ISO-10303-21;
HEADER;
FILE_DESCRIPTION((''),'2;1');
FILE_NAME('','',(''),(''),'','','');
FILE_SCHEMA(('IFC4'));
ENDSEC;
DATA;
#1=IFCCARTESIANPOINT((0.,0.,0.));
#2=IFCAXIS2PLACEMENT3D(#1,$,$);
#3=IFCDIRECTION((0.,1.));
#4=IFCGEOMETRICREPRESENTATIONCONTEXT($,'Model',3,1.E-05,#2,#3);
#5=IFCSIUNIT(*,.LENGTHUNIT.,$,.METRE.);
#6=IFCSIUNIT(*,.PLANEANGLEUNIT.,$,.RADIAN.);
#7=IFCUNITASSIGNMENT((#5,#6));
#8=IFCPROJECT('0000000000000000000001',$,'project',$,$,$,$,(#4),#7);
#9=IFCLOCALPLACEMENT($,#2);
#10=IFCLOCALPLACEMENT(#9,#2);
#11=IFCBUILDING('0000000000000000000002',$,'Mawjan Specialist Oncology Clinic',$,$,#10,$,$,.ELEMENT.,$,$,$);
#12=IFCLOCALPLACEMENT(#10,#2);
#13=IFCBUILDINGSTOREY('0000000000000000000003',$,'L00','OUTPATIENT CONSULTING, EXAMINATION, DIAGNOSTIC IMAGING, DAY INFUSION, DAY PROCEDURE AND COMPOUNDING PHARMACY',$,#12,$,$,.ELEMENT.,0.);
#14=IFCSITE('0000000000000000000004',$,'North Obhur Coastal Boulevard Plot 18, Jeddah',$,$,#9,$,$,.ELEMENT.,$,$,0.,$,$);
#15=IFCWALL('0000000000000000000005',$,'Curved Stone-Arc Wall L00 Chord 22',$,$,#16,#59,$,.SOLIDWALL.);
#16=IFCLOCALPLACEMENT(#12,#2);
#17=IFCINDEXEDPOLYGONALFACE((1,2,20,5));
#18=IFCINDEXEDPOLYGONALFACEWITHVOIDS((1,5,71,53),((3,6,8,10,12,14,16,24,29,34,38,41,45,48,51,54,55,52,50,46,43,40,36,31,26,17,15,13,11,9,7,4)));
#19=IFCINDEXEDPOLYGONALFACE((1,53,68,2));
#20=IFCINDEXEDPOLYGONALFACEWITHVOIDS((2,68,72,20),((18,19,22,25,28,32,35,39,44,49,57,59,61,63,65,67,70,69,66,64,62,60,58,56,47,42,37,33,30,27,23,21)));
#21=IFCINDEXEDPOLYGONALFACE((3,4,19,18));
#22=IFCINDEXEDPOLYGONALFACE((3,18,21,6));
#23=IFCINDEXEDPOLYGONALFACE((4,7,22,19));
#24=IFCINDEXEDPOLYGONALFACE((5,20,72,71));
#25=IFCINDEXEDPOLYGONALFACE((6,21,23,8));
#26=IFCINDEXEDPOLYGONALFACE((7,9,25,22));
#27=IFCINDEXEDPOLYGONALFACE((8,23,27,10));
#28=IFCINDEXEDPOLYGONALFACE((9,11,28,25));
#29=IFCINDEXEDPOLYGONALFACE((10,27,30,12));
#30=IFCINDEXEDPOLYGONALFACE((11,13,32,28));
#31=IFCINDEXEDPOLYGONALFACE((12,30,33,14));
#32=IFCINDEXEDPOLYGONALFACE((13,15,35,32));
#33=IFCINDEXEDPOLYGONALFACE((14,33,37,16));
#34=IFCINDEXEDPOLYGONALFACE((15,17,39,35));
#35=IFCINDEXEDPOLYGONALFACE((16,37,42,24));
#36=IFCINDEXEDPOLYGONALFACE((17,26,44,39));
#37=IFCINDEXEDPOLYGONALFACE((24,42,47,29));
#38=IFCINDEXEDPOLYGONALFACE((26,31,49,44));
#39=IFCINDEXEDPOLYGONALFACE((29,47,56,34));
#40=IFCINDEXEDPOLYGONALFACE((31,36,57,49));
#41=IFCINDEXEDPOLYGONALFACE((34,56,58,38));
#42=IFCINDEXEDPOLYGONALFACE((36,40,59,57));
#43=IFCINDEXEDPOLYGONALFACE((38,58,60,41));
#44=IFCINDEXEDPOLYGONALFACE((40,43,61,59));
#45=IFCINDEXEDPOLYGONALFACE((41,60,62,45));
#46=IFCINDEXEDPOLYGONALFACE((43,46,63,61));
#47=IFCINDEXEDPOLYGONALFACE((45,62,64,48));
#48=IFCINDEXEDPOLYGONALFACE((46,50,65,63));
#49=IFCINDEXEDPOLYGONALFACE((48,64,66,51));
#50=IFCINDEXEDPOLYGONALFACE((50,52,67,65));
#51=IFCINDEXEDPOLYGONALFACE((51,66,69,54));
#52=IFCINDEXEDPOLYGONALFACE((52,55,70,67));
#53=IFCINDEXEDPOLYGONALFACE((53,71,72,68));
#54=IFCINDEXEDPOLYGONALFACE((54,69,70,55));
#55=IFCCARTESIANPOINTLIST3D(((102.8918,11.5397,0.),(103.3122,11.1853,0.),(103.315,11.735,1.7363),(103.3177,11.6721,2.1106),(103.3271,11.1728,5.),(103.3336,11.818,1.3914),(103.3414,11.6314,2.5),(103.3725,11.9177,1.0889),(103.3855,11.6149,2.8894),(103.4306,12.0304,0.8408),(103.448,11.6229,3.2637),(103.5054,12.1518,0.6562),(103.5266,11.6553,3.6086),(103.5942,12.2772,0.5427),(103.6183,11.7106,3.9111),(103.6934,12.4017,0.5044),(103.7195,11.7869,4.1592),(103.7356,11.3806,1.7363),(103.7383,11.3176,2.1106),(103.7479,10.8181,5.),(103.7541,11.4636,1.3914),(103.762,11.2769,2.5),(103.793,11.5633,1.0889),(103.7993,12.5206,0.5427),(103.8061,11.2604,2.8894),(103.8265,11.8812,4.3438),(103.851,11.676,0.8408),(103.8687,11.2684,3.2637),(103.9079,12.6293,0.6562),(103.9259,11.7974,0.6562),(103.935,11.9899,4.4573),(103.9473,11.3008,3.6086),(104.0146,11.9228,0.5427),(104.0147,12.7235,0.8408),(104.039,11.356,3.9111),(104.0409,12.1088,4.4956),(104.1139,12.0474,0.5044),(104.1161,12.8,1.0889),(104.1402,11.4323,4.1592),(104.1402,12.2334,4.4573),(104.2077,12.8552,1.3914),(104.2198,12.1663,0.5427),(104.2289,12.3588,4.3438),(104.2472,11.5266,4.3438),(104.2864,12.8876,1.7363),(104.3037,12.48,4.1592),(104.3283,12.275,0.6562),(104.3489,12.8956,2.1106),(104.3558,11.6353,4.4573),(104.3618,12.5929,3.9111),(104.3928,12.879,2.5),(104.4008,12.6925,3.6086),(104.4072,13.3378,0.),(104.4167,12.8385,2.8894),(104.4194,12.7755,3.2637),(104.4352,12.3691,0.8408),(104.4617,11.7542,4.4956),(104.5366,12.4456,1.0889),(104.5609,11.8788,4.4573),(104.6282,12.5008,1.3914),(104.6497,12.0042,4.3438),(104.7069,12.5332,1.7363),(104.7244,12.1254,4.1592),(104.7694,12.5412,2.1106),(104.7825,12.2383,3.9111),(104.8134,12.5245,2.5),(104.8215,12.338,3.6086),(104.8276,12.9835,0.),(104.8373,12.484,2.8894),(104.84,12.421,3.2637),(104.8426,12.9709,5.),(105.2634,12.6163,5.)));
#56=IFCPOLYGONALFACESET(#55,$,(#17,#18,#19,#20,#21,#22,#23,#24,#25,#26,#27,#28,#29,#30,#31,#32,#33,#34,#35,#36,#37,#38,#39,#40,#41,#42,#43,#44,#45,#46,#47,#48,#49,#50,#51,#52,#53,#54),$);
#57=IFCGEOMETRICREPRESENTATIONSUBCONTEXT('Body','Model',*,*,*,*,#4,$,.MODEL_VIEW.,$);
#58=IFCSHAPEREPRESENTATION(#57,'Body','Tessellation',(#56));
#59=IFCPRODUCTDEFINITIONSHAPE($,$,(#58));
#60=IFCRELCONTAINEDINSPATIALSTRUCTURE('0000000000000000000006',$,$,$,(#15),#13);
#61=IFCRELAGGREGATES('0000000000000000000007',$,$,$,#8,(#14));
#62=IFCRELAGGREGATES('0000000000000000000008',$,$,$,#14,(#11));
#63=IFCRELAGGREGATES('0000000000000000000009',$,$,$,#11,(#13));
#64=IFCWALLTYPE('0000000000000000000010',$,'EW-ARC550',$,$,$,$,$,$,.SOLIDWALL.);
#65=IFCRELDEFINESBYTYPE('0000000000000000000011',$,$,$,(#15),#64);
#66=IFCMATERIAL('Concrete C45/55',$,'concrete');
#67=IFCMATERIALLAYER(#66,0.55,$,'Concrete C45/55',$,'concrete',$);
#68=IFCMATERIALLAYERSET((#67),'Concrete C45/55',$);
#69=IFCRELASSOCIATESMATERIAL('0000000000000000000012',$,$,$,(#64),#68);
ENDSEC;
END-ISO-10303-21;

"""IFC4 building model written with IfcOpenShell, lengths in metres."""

from ifc_helpers import new_model, si_unit, direction, frame, origin, place, context, subcontext, project, spatial, polyline, outline, extrude, material, layer, layer_set, type_object, element, save


model = new_model("IFC4")

# Units and contexts
model_context = context("Model", 3, precision=1e-05, world=origin(), true_north=direction((0.0, 1.0)))
body_context = subcontext(model_context, "Body", "Model", "MODEL_VIEW")
ifc_project = project(units=[si_unit("LENGTHUNIT", "METRE"), si_unit("PLANEANGLEUNIT", "RADIAN")], contexts=[model_context])

# Site, building, storey
site_placement = place(None, origin())
site = spatial("IfcSite", under=ifc_project, at=site_placement, Name="North Obhur Coastal Boulevard Plot 18, Jeddah", CompositionType="ELEMENT", RefElevation=0.0)
building_placement = place(site_placement, origin())
building = spatial("IfcBuilding", under=site, at=building_placement, Name="Mawjan Specialist Oncology Clinic", CompositionType="ELEMENT")
storey_placement = place(building_placement, origin())
storey = spatial("IfcBuildingStorey", under=building, at=storey_placement, Name="L00", Description="OUTPATIENT CONSULTING, EXAMINATION, DIAGNOSTIC IMAGING, DAY INFUSION, DAY PROCEDURE AND COMPOUNDING PHARMACY", CompositionType="ELEMENT", Elevation=0.0)

# Wall, opening
ifc_material_1 = material(Name="Concrete C45/55", Category="concrete")
ifc_layer = layer(ifc_material_1, 0.55, Name="Concrete C45/55", Category="concrete")
ifc_layer_set = layer_set([ifc_layer], Name="Concrete C45/55")
wall_type = type_object("IfcWallType", Name="EW-ARC550", PredefinedType="SOLIDWALL", material=ifc_layer_set)
wall_1_placement = place(storey_placement, frame((104.6174, 13.1606, 0.0), z_axis=(0.0, 0.0, 1.0), x_axis=(-0.644433, -0.764661, 0.0)))
wall_1 = element("IfcWall", 1, at=wall_1_placement, inside=storey, type_object=wall_type, Name="Curved Stone-Arc Wall L00 Chord 22", PredefinedType="SOLIDWALL", context=body_context, shape_type="SweptSolid", body=[
    extrude(outline(polyline([(-0.2749, 0.0), (0.2749, 0.0), (0.8447, 5.0), (0.2944, 5.0), (-0.2749, 0.0)])), frame((0.0, 0.0, 0.0), z_axis=(1.0, 0.0, 0.0), x_axis=(0.0, 1.0, 0.0)), (0.0, 0.0, 1.0), 2.3516),
])
opening_1_placement = place(wall_1_placement, origin())
element("IfcOpeningElement", 2, at=opening_1_placement, cuts=wall_1, PredefinedType="OPENING", context=body_context, shape_type="SweptSolid", body=[
    extrude(outline(polyline([(1.9917, 2.5), (1.9758, 2.8894), (1.9294, 3.2637), (1.854, 3.6086), (1.7527, 3.9111), (1.6292, 4.1592), (1.488, 4.3438), (1.335, 4.4573), (1.1758, 4.4956), (1.0166, 4.4573), (0.8635, 4.3438), (0.7227, 4.1592), (0.5989, 3.9111), (0.4976, 3.6086), (0.4221, 3.2637), (0.3757, 2.8894), (0.3601, 2.5), (0.3757, 2.1106), (0.4221, 1.7363), (0.4976, 1.3914), (0.5989, 1.0889), (0.7227, 0.8408), (0.8635, 0.6562), (1.0166, 0.5427), (1.1758, 0.5044), (1.335, 0.5427), (1.488, 0.6562), (1.6292, 0.8408), (1.7527, 1.0889), (1.854, 1.3914), (1.9294, 1.7363), (1.9758, 2.1106), (1.9917, 2.5)])), frame((0.0, 0.8645, 0.0), z_axis=(0.0, -1.0, 0.0), x_axis=(1.0, 0.0, 0.0)), (0.0, 0.0, 1.0), 1.1597),
])

save(model, "model.ifc")
